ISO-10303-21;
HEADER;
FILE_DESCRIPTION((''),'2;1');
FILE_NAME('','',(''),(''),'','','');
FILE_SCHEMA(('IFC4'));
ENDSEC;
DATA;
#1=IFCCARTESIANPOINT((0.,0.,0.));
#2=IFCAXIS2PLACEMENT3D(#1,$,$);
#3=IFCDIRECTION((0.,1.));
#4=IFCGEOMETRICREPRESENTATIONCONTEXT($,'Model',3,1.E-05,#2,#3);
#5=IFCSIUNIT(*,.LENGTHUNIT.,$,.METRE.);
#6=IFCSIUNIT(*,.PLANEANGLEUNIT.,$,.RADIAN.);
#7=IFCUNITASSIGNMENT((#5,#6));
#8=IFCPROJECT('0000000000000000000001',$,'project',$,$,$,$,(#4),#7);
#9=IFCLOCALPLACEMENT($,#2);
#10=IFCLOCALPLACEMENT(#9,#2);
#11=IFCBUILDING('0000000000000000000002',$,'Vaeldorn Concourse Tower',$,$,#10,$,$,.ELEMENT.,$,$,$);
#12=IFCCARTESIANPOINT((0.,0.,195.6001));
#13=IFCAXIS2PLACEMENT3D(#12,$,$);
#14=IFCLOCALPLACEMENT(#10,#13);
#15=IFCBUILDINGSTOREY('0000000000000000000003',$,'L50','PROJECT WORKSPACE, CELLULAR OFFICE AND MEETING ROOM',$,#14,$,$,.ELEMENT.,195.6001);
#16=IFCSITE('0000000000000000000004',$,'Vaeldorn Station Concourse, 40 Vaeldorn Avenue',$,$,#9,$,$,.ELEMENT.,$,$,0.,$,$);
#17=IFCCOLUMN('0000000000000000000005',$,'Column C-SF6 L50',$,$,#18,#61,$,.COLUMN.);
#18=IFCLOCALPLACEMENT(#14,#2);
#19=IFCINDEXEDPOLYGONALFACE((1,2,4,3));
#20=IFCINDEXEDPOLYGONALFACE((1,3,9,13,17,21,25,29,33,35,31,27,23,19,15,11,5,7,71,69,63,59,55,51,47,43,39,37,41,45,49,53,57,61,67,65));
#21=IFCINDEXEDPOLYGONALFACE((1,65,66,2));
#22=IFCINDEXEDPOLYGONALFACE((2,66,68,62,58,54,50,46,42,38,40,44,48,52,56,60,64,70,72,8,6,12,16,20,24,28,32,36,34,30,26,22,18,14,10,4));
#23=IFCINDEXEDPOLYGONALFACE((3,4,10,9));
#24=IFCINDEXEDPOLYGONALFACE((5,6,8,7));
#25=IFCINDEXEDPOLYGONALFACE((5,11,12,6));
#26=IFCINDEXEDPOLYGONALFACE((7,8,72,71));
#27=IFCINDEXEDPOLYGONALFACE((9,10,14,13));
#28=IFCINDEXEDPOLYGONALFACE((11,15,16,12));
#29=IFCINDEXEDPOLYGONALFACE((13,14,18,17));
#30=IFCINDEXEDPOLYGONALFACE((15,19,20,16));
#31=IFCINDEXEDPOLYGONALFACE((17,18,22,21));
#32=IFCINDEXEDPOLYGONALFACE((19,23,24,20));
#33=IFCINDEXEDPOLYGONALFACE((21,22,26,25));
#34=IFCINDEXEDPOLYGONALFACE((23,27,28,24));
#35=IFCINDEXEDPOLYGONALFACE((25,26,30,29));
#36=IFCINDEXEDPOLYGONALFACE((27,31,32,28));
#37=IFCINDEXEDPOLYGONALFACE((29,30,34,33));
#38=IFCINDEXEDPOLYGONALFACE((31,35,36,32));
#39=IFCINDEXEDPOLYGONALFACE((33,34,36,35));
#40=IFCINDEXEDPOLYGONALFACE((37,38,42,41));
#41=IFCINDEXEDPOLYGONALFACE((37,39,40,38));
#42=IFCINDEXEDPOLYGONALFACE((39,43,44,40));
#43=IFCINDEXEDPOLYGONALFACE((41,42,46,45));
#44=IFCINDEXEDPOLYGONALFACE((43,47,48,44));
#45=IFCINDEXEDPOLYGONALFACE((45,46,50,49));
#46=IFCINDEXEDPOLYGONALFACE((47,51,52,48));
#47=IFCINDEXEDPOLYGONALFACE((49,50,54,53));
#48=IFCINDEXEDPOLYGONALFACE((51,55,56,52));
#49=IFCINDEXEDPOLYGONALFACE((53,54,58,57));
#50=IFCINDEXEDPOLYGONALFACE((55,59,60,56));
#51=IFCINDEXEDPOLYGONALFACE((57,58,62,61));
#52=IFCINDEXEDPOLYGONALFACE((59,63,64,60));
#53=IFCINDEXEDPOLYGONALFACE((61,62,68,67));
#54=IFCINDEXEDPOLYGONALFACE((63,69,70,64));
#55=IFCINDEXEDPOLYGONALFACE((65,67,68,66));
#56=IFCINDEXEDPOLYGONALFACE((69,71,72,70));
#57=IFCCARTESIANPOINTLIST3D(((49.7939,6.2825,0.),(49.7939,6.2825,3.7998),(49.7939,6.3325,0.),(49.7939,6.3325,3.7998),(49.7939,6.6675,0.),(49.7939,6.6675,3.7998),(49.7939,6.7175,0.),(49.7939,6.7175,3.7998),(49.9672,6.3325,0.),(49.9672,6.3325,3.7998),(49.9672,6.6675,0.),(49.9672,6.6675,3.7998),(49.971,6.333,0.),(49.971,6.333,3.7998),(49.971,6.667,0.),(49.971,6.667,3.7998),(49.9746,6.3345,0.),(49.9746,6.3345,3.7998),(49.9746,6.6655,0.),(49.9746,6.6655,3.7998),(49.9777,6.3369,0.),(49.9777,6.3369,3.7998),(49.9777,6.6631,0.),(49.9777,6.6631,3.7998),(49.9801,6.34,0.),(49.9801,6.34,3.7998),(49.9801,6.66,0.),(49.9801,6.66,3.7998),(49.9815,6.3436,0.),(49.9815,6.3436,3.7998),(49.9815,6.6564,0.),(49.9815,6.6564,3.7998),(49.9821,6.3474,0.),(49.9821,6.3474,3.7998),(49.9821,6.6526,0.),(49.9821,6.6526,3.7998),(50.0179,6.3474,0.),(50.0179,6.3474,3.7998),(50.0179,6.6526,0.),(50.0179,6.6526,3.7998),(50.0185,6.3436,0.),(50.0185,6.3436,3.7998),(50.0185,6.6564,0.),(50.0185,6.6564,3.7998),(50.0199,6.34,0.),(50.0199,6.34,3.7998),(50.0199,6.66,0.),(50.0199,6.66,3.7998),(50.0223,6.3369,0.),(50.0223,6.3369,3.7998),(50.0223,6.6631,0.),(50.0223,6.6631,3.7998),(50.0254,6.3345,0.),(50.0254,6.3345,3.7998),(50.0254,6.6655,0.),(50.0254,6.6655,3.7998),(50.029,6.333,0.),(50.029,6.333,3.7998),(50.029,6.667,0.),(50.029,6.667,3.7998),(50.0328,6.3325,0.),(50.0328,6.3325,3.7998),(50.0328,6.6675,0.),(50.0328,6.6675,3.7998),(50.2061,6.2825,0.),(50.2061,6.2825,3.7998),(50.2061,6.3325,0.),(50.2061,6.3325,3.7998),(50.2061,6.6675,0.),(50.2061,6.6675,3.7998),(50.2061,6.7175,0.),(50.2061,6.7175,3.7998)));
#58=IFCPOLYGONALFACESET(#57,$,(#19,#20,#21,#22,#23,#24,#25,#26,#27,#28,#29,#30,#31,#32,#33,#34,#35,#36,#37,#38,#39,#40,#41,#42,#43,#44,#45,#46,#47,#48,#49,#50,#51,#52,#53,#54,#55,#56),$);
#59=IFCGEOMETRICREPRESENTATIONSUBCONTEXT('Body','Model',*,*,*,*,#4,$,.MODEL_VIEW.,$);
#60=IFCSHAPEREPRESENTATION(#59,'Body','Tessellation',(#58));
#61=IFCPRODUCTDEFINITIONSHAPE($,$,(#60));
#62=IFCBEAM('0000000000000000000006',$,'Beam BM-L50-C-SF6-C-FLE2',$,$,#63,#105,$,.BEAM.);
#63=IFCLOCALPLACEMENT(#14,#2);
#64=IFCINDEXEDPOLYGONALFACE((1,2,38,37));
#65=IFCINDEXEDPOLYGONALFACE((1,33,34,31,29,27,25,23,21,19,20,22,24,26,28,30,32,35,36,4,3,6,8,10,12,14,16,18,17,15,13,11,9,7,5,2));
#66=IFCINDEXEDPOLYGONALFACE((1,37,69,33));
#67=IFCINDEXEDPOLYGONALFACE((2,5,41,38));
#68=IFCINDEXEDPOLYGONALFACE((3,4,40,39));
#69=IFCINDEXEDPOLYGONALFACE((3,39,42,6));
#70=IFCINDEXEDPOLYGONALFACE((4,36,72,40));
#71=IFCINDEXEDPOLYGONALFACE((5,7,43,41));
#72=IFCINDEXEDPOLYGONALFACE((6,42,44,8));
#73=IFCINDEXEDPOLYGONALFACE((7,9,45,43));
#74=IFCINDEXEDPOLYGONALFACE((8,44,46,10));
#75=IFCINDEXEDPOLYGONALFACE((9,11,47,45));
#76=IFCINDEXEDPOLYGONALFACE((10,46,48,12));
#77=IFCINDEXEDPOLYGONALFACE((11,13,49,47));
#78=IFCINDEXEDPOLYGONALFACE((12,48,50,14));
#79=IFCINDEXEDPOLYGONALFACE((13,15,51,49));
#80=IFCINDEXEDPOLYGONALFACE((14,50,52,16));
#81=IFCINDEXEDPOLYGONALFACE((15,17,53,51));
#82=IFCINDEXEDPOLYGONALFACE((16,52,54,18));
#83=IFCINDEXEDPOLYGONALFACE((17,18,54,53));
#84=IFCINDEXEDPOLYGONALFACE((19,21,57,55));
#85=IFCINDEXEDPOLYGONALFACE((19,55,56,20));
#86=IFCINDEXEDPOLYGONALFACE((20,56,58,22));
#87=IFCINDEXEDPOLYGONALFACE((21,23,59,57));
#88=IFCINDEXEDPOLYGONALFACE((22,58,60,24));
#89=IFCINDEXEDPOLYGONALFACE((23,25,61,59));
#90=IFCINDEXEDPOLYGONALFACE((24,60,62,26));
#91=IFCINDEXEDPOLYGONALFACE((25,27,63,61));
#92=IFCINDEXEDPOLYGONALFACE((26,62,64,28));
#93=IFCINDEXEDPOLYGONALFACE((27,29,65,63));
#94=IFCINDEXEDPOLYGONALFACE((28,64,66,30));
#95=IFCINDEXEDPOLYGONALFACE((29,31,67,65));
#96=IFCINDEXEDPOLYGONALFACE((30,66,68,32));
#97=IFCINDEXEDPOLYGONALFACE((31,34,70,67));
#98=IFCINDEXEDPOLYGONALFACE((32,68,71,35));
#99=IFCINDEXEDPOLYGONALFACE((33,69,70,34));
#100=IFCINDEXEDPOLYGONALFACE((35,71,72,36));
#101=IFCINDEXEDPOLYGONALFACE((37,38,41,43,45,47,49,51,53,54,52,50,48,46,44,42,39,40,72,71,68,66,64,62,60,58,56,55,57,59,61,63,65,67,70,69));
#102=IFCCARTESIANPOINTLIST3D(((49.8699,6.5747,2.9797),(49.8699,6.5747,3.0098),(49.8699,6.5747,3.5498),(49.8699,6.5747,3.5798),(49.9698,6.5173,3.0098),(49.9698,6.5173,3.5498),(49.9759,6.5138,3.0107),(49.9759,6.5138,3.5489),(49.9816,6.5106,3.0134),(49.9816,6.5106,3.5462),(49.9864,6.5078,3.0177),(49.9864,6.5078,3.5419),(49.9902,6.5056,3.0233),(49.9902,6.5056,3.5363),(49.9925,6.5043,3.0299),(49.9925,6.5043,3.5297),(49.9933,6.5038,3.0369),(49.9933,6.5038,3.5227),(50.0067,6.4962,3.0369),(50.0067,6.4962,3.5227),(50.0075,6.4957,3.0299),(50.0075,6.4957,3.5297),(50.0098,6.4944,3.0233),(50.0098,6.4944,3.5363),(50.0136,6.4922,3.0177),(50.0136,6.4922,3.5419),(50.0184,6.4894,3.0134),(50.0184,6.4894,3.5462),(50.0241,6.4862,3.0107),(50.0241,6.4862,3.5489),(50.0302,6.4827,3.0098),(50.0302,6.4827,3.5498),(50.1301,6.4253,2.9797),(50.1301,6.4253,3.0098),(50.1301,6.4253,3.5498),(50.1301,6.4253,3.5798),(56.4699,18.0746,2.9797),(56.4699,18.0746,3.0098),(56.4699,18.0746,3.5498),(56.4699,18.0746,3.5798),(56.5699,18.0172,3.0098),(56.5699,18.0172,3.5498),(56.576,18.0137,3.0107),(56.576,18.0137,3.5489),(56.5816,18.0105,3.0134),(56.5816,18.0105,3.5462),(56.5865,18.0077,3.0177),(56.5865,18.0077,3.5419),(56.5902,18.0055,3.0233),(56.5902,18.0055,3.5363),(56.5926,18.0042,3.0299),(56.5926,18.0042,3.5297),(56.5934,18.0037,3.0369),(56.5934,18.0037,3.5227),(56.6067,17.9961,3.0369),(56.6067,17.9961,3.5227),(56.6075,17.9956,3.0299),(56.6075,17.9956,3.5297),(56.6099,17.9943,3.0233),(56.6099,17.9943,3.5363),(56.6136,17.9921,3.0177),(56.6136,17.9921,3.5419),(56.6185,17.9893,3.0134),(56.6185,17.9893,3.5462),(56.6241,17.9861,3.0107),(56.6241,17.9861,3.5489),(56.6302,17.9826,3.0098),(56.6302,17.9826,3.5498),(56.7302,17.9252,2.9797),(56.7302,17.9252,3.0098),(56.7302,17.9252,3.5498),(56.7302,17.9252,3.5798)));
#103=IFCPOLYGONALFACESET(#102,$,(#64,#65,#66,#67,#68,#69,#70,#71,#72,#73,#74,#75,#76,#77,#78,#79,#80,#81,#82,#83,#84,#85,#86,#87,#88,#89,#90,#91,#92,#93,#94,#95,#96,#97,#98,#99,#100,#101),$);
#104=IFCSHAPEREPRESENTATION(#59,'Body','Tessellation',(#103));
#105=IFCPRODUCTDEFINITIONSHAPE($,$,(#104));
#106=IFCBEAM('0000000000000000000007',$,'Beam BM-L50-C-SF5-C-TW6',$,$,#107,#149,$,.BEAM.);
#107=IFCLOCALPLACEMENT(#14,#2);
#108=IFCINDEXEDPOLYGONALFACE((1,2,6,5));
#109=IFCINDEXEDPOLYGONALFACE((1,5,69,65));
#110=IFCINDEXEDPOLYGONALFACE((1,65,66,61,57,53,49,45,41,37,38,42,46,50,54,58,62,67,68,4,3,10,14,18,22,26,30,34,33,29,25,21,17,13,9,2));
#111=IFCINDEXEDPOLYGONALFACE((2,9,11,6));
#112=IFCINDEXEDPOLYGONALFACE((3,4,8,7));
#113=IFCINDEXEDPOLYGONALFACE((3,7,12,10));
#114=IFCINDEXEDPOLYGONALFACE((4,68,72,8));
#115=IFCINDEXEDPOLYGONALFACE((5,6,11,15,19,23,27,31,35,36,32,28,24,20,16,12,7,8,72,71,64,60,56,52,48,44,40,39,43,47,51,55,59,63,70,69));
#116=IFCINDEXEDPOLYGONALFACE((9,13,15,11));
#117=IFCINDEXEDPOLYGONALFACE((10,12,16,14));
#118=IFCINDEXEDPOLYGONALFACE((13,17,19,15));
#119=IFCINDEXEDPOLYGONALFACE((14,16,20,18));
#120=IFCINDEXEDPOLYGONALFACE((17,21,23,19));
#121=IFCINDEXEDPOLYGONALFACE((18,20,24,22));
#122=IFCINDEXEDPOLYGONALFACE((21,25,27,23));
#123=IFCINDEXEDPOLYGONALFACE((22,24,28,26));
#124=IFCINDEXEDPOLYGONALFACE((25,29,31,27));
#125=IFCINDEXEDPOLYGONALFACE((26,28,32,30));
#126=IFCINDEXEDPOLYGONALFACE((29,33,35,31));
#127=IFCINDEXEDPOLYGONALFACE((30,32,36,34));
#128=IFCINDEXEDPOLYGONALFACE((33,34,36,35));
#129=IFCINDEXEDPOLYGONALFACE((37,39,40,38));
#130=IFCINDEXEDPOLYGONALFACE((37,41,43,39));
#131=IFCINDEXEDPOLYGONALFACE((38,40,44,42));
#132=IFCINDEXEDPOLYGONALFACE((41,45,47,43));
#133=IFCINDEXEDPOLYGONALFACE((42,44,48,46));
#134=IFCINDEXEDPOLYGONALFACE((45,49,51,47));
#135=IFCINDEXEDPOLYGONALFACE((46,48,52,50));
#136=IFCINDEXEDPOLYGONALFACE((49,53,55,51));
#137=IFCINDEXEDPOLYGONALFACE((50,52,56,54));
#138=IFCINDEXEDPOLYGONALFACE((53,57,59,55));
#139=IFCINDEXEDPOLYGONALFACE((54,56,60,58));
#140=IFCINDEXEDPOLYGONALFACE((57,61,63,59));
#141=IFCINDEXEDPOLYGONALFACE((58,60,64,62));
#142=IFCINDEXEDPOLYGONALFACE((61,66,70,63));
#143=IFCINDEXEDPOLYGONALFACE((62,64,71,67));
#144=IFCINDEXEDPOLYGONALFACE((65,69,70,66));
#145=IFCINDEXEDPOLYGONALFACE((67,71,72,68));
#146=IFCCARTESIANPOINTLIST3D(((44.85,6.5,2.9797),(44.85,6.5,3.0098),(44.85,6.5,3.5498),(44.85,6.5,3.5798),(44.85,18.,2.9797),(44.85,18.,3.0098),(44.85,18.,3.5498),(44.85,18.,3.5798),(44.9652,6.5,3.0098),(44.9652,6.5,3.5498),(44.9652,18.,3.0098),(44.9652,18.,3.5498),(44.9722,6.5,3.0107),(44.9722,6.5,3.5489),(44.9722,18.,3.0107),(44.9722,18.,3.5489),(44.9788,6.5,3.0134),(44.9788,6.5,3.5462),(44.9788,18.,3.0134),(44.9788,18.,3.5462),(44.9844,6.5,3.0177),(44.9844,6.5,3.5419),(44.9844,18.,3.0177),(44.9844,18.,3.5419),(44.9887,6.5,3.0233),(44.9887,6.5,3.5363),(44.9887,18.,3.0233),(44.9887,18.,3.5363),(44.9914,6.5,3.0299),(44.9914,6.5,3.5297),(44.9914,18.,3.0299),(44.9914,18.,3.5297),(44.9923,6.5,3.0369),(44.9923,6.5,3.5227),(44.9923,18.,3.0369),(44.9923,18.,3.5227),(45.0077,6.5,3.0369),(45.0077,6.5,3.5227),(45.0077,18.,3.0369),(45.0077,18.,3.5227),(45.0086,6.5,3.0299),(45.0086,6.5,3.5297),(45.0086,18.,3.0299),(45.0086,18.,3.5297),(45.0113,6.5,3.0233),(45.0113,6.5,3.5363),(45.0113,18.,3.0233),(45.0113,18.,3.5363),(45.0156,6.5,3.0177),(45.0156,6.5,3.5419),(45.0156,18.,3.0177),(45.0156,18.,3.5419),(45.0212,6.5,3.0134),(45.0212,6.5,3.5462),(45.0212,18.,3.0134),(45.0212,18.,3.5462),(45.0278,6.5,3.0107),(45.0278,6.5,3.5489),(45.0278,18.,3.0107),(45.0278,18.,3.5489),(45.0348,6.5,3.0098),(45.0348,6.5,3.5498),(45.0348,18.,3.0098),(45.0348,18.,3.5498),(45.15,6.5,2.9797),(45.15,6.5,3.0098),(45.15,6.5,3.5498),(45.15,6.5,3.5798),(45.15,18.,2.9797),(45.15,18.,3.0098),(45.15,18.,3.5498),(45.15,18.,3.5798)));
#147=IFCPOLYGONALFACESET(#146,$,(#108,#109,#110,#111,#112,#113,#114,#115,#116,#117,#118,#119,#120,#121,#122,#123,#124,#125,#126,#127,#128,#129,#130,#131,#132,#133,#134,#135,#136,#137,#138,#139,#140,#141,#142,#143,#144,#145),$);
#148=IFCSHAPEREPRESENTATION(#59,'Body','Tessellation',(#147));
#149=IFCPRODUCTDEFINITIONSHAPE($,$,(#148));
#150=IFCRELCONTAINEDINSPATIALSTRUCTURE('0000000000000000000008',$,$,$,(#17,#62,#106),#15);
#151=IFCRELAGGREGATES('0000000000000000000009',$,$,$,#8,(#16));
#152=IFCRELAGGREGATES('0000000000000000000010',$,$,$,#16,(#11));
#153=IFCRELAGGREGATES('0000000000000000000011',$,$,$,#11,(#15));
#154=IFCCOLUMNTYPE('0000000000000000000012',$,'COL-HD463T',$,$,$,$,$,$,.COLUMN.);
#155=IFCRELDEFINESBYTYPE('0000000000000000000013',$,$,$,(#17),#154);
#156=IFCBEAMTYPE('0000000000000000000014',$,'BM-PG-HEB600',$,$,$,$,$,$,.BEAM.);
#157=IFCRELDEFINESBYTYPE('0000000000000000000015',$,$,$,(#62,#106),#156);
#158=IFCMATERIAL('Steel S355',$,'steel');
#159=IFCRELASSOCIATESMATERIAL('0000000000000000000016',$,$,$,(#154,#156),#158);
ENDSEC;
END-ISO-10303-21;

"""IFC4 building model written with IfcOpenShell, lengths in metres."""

from ifc_helpers import new_model, si_unit, direction, frame, origin, origin_2d, place, context, subcontext, project, spatial, i_section, extrude, source, transform, mapped, material, material_profile, profile_set, type_object, element, save


model = new_model("IFC4")

# Units and contexts
model_context = context("Model", 3, precision=1e-05, world=origin(), true_north=direction((0.0, 1.0)))
body_context = subcontext(model_context, "Body", "Model", "MODEL_VIEW")
ifc_project = project(units=[si_unit("LENGTHUNIT", "METRE"), si_unit("PLANEANGLEUNIT", "RADIAN")], contexts=[model_context])

# Site, building, storey
site_placement = place(None, origin())
site = spatial("IfcSite", under=ifc_project, at=site_placement, Name="Vaeldorn Station Concourse, 40 Vaeldorn Avenue", CompositionType="ELEMENT", RefElevation=0.0)
building_placement = place(site_placement, origin())
building = spatial("IfcBuilding", under=site, at=building_placement, Name="Vaeldorn Concourse Tower", CompositionType="ELEMENT")
storey_placement = place(building_placement, frame((0.0, 0.0, 195.6001)))
storey = spatial("IfcBuildingStorey", under=building, at=storey_placement, Name="L50", Description="PROJECT WORKSPACE, CELLULAR OFFICE AND MEETING ROOM", CompositionType="ELEMENT", Elevation=195.6001)

# Column
ifc_material_1 = material(Name="Steel S355", Category="steel")
ifc_material_profile_1 = material_profile(ifc_material_1, i_section(OverallWidth=0.4121, OverallDepth=0.4351, WebThickness=0.0359, FlangeThickness=0.05, FilletRadius=0.0149, at=origin_2d()), Name="HD 400x463")
ifc_profile_set_1 = profile_set([ifc_material_profile_1], Name="Steel S355")
column_type = type_object("IfcColumnType", Name="COL-HD463T", PredefinedType="COLUMN", material=ifc_profile_set_1)
shared_shape_1 = source(origin(), body_context, "Body", "SweptSolid", [
    extrude(i_section(OverallWidth=0.4121, OverallDepth=0.4351, WebThickness=0.0359, FlangeThickness=0.05, FilletRadius=0.0149, at=origin_2d()), origin(), (0.0, 0.0, 1.0), 3.7998),
])
column_placement = place(storey_placement, frame((50.0, 6.5, 0.0), z_axis=(0.0, 0.0, 1.0), x_axis=(1.0, 0.0, 0.0)))
element("IfcColumn", 1, at=column_placement, inside=storey, type_object=column_type, Name="Column C-SF6 L50", PredefinedType="COLUMN", context=body_context, shape_type="MappedRepresentation", body=[
    mapped(shared_shape_1, transform((0.0, 0.0, 0.0), scale=1.0)),
])

# Beams
ifc_material_profile_2 = material_profile(ifc_material_1, i_section(OverallWidth=0.3, OverallDepth=0.6001, WebThickness=0.0154, FlangeThickness=0.03, FilletRadius=0.0271, at=origin_2d()), Name="HEB 600")
ifc_profile_set_2 = profile_set([ifc_material_profile_2], Name="Steel S355")
beam_type_1 = type_object("IfcBeamType", Name="BM-PG-HEB600", PredefinedType="BEAM", material=ifc_profile_set_2)
shared_shape_2 = source(origin(), body_context, "Body", "SweptSolid", [
    extrude(i_section(OverallWidth=0.3, OverallDepth=0.6001, WebThickness=0.0154, FlangeThickness=0.03, FilletRadius=0.0271, at=origin_2d()), origin(), (0.0, 0.0, 1.0), 13.2593),
])
beam_1_placement = place(storey_placement, frame((50.0, 6.5, 3.2798), z_axis=(0.497768, 0.86731, 0.0), x_axis=(-0.86731, 0.497768, 0.0)))
element("IfcBeam", 2, at=beam_1_placement, inside=storey, type_object=beam_type_1, Name="Beam BM-L50-C-SF6-C-FLE2", PredefinedType="BEAM", context=body_context, shape_type="MappedRepresentation", body=[
    mapped(shared_shape_2, transform((0.0, 0.0, 0.0), scale=1.0)),
])
shared_shape_3 = source(origin(), body_context, "Body", "SweptSolid", [
    extrude(i_section(OverallWidth=0.3, OverallDepth=0.6001, WebThickness=0.0154, FlangeThickness=0.03, FilletRadius=0.0271, at=origin_2d()), origin(), (0.0, 0.0, 1.0), 11.5),
])
beam_2_placement = place(storey_placement, frame((45.0, 6.5, 3.2798), z_axis=(0.0, 1.0, 0.0), x_axis=(-1.0, 0.0, 0.0)))
element("IfcBeam", 3, at=beam_2_placement, inside=storey, type_object=beam_type_1, Name="Beam BM-L50-C-SF5-C-TW6", PredefinedType="BEAM", context=body_context, shape_type="MappedRepresentation", body=[
    mapped(shared_shape_3, transform((0.0, 0.0, 0.0), scale=1.0)),
])

save(model, "model.ifc")
